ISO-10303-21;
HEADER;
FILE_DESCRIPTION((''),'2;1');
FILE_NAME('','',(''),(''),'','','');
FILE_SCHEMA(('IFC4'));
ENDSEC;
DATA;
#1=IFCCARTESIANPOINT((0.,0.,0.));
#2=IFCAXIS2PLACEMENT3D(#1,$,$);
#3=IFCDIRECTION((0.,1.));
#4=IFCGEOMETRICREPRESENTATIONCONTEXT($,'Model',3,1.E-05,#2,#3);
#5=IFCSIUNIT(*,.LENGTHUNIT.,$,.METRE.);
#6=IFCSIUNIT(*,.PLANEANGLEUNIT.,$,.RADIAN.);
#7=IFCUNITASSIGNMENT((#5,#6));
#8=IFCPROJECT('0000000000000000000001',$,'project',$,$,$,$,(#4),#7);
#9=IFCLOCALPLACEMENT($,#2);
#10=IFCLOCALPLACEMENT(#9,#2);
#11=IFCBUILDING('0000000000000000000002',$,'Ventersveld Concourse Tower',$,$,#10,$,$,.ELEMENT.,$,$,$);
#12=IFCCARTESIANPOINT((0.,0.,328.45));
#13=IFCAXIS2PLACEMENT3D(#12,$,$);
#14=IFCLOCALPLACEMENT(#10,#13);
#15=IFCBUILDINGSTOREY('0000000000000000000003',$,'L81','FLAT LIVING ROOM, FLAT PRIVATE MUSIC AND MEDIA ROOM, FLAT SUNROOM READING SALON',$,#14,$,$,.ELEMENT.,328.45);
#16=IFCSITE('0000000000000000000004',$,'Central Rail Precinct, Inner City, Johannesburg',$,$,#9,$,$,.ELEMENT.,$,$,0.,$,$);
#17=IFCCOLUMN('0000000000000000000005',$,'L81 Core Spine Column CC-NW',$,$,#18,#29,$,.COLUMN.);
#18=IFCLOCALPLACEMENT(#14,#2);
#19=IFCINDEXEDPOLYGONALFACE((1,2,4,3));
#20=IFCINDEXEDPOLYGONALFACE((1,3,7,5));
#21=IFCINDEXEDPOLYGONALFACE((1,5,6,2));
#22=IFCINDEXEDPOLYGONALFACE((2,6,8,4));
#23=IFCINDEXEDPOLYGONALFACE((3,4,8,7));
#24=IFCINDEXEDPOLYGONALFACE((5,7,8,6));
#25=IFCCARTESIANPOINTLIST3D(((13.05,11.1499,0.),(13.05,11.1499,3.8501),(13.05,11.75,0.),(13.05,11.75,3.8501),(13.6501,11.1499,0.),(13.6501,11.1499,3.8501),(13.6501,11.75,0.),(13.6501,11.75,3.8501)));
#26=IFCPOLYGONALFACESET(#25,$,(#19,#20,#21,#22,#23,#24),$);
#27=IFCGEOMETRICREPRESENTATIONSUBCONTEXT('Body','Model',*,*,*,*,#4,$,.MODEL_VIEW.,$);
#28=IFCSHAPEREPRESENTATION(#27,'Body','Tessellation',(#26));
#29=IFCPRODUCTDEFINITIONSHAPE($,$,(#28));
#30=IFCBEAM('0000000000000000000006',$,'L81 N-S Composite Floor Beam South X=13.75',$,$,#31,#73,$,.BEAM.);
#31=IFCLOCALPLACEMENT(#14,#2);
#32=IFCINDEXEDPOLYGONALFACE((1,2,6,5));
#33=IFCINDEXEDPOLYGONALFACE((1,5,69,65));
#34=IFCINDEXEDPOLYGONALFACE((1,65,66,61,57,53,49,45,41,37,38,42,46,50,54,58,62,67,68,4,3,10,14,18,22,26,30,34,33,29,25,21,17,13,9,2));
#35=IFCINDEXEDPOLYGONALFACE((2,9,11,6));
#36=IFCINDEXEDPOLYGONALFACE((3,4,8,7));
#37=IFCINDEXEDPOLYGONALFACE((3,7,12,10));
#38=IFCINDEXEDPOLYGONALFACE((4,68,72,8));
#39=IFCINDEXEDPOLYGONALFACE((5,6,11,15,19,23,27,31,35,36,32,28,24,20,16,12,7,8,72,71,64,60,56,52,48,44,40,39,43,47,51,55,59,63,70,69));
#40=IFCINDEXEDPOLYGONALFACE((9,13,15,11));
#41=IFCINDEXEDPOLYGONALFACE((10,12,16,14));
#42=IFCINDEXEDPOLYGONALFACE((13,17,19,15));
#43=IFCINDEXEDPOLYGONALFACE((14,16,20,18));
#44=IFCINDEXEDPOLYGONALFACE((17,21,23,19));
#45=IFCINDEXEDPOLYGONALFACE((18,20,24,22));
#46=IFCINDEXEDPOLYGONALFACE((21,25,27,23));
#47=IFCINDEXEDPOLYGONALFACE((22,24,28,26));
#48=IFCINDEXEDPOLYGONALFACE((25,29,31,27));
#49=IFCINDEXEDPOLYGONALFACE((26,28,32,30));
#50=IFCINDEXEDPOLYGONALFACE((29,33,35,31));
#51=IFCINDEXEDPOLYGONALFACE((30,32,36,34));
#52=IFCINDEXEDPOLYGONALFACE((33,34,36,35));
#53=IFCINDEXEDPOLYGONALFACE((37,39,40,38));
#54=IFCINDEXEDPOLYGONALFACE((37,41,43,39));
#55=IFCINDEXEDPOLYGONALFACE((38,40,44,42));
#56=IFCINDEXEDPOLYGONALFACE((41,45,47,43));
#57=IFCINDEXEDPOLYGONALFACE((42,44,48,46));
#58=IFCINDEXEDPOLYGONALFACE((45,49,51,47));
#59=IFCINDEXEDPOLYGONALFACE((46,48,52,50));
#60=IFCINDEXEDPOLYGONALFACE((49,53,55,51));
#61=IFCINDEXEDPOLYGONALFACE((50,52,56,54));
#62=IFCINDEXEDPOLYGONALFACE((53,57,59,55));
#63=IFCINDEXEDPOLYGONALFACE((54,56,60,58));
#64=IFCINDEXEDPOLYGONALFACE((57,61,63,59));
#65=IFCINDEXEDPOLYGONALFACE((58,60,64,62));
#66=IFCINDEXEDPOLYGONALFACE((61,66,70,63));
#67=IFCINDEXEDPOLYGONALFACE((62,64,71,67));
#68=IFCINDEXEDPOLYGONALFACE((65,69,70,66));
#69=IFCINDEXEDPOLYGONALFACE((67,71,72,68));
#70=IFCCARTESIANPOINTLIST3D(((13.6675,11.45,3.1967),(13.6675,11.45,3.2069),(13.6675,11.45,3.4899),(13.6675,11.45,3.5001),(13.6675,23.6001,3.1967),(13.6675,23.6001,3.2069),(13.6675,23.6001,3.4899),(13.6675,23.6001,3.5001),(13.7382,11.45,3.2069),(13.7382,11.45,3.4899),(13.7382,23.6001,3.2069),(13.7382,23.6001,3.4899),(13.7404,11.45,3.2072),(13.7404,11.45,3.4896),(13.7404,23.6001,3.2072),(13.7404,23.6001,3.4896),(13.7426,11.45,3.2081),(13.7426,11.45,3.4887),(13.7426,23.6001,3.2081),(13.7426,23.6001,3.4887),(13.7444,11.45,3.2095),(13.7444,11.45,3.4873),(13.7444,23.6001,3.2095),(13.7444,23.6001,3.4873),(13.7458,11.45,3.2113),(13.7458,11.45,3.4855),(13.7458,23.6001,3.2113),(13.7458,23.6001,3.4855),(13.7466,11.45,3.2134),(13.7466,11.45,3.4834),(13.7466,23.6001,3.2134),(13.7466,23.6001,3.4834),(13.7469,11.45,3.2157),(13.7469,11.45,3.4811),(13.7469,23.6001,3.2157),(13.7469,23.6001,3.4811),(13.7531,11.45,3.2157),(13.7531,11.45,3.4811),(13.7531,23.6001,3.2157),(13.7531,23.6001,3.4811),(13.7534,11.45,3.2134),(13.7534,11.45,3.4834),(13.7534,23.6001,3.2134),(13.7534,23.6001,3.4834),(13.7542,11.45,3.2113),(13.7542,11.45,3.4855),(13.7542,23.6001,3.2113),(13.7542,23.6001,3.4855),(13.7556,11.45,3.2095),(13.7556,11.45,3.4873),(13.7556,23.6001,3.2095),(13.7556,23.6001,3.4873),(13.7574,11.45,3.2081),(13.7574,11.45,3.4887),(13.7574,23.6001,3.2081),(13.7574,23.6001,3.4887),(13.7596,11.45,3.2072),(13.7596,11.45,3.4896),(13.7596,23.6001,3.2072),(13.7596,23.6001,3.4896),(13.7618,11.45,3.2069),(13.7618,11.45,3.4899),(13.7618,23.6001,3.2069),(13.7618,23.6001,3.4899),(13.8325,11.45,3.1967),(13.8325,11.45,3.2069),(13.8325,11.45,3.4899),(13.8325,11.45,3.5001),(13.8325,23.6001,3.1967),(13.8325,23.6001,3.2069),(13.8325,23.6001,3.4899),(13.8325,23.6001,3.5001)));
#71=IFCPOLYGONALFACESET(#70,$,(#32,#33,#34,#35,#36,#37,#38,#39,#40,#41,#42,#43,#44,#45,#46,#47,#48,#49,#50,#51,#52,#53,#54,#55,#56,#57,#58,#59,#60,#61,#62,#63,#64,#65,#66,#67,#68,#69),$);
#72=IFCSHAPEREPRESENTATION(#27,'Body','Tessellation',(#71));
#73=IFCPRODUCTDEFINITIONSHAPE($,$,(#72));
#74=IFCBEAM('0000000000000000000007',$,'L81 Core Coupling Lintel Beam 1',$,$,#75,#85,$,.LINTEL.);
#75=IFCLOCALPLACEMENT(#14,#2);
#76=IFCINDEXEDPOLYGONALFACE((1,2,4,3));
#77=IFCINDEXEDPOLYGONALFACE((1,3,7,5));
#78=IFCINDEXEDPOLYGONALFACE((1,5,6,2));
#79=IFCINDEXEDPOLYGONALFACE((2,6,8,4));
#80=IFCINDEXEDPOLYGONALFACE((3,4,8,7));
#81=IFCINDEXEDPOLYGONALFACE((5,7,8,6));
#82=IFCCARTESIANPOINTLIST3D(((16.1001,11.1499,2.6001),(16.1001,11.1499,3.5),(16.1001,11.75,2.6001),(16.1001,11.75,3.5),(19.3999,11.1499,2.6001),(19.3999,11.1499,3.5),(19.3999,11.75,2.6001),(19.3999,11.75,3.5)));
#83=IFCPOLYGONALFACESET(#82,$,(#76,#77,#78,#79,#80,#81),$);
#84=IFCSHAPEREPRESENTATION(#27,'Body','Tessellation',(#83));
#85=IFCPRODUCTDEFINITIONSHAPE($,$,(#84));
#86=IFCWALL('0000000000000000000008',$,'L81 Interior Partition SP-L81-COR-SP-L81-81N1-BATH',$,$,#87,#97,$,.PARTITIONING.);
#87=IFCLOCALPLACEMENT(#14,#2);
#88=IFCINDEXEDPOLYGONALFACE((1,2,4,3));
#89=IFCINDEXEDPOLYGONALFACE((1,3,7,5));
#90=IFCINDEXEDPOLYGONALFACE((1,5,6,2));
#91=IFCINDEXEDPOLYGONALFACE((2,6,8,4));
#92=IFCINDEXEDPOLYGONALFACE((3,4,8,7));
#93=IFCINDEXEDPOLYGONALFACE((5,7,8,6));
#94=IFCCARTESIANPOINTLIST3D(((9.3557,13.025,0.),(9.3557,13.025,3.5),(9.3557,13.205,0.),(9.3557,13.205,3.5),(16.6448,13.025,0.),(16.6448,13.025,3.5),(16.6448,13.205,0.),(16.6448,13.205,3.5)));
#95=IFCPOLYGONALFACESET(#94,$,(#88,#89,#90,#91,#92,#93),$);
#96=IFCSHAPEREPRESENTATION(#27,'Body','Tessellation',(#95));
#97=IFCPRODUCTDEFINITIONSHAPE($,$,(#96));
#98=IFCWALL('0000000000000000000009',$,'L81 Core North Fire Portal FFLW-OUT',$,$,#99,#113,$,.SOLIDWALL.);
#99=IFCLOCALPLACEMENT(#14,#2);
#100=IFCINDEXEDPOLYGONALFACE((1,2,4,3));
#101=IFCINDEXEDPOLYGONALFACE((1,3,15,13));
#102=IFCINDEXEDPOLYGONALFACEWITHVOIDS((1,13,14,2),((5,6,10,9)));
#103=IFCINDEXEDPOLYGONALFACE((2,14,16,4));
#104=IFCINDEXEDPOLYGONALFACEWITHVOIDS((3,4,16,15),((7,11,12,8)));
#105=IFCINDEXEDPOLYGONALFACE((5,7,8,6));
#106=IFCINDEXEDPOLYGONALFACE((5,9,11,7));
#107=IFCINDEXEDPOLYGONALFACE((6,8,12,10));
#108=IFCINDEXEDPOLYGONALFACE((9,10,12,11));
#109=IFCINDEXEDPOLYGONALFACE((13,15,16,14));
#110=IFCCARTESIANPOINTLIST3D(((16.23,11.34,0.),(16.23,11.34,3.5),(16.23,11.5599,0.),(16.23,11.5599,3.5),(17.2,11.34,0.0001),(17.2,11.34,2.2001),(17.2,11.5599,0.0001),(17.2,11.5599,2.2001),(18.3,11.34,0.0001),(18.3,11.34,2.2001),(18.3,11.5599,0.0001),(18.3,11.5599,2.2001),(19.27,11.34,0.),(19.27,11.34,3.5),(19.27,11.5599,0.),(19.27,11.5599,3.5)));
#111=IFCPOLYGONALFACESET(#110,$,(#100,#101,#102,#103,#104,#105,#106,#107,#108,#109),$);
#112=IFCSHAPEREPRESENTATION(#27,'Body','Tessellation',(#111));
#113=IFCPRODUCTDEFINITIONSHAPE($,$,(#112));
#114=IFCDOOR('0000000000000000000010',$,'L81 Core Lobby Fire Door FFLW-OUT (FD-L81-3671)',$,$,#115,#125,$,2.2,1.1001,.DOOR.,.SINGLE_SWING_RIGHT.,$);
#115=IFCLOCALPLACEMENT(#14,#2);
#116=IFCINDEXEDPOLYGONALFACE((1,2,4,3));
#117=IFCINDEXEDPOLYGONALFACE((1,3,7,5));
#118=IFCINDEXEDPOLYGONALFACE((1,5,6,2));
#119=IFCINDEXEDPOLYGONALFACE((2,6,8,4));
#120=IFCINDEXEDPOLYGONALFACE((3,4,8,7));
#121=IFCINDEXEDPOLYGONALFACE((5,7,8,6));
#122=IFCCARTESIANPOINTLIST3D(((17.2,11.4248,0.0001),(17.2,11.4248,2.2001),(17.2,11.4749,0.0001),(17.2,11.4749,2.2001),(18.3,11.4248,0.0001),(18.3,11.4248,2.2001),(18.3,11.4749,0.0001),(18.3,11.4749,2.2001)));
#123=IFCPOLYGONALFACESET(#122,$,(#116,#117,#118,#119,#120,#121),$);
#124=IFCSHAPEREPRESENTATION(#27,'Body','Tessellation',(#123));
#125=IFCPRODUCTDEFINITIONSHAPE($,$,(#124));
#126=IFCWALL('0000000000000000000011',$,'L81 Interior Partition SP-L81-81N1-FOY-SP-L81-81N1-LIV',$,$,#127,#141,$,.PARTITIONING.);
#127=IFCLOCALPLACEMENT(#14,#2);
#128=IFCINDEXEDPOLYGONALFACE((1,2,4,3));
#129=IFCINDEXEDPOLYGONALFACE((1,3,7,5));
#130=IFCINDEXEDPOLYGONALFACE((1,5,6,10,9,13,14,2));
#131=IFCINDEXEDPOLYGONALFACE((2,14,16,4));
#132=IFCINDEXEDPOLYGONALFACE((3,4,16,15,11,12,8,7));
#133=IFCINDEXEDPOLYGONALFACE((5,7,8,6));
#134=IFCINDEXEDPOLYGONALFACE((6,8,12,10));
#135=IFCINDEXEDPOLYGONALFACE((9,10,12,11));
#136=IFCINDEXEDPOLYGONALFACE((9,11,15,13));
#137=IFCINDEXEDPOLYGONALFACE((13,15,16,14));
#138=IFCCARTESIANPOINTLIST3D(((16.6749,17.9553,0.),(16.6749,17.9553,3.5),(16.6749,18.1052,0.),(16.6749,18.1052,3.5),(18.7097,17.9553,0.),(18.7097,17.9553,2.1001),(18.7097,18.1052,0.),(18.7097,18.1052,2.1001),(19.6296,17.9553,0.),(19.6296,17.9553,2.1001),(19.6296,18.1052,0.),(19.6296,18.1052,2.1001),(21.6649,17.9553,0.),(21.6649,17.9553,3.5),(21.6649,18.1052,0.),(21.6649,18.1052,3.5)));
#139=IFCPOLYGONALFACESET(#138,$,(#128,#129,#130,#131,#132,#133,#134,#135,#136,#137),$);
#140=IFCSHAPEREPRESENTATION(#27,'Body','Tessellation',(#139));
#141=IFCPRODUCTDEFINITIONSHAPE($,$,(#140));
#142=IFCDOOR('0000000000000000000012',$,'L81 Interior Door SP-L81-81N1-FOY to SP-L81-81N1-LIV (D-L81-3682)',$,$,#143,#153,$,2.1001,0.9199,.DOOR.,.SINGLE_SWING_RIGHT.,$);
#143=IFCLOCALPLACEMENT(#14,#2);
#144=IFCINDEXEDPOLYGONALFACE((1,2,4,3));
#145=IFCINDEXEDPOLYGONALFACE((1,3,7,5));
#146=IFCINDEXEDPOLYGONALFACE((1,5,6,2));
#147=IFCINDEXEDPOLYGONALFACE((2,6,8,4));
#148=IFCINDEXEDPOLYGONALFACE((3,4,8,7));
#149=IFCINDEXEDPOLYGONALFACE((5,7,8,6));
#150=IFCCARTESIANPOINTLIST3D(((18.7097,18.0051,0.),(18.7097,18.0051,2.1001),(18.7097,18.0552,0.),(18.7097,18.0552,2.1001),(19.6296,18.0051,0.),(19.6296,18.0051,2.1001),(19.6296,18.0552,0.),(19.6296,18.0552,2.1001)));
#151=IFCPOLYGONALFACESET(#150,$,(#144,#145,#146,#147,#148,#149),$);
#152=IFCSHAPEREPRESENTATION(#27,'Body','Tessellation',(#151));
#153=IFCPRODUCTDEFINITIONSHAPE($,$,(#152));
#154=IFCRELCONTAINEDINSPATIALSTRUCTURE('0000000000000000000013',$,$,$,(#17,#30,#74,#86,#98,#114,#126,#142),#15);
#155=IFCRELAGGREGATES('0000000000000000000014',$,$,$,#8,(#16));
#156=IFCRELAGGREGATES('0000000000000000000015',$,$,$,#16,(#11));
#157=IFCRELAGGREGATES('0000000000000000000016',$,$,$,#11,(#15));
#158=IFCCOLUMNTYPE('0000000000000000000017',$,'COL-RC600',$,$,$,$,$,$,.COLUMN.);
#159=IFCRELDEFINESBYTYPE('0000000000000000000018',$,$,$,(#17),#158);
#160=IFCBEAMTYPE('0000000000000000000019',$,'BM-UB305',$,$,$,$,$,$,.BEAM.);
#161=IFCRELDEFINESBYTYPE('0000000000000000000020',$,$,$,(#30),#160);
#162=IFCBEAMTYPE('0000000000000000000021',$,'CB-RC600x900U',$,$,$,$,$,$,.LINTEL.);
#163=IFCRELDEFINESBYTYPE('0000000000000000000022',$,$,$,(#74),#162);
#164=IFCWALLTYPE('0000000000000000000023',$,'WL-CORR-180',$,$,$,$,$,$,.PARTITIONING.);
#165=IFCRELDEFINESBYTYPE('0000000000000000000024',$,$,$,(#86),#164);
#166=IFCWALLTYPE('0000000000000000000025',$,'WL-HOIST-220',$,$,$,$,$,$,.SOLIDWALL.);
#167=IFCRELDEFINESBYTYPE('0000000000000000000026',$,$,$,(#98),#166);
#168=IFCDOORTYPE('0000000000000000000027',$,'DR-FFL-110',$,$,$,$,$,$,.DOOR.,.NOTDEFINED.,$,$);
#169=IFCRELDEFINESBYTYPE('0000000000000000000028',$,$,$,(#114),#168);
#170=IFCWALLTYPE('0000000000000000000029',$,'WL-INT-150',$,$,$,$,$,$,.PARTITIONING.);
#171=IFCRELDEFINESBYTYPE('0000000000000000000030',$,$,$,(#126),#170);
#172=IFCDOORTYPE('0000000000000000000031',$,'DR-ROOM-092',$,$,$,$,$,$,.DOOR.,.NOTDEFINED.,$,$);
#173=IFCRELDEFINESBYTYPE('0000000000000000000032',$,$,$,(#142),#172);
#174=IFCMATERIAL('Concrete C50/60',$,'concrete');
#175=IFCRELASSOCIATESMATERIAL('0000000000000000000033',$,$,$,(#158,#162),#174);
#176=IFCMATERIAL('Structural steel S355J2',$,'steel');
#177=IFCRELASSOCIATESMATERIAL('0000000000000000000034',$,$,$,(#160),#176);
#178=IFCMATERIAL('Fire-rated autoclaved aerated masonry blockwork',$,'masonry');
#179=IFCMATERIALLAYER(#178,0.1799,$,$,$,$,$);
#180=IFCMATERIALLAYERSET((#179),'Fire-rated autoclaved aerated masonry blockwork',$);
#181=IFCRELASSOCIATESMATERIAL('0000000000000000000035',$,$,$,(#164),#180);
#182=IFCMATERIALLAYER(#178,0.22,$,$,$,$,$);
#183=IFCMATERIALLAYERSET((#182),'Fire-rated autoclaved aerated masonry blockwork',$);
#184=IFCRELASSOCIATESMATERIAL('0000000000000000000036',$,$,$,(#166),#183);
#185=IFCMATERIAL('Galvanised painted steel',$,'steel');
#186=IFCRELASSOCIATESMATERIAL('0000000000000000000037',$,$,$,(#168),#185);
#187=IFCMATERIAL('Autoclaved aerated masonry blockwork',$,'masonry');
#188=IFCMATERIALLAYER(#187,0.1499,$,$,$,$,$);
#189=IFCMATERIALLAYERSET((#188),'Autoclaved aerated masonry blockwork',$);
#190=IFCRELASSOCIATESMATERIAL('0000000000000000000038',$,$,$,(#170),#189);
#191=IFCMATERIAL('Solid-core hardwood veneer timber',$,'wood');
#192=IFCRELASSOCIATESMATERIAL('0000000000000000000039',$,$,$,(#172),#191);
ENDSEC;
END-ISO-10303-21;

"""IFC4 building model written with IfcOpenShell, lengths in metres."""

from ifc_helpers import new_model, si_unit, direction, frame, frame_2d, origin, origin_2d, place, context, subcontext, project, spatial, rectangle, i_section, extrude, material, layer, layer_set, material_profile, profile_set, type_object, element, fill, save


model = new_model("IFC4")

# Units and contexts
model_context = context("Model", 3, precision=1e-05, world=origin(), true_north=direction((0.0, 1.0)))
body_context = subcontext(model_context, "Body", "Model", "MODEL_VIEW")
ifc_project = project(units=[si_unit("LENGTHUNIT", "METRE"), si_unit("PLANEANGLEUNIT", "RADIAN")], contexts=[model_context])

# Site, building, storey
site_placement = place(None, origin())
site = spatial("IfcSite", under=ifc_project, at=site_placement, Name="Central Rail Precinct, Inner City, Johannesburg", CompositionType="ELEMENT", RefElevation=0.0)
building_placement = place(site_placement, origin())
building = spatial("IfcBuilding", under=site, at=building_placement, Name="Ventersveld Concourse Tower", CompositionType="ELEMENT")
storey_placement = place(building_placement, frame((0.0, 0.0, 328.45)))
storey = spatial("IfcBuildingStorey", under=building, at=storey_placement, Name="L81", Description="FLAT LIVING ROOM, FLAT PRIVATE MUSIC AND MEDIA ROOM, FLAT SUNROOM READING SALON", CompositionType="ELEMENT", Elevation=328.45)

# Column
ifc_material_1 = material(Name="Concrete C50/60", Category="concrete")
ifc_material_profile_1 = material_profile(ifc_material_1, rectangle(XDim=0.6001, YDim=0.6001, at=origin_2d()), Name="RC 600x600")
ifc_profile_set_1 = profile_set([ifc_material_profile_1], Name="Concrete C50/60")
column_type = type_object("IfcColumnType", Name="COL-RC600", PredefinedType="COLUMN", material=ifc_profile_set_1)
column_placement = place(storey_placement, frame((13.3501, 11.45, 0.0), z_axis=(0.0, 0.0, 1.0), x_axis=(1.0, 0.0, 0.0)))
element("IfcColumn", 1, at=column_placement, inside=storey, type_object=column_type, Name="L81 Core Spine Column CC-NW", PredefinedType="COLUMN", context=body_context, shape_type="SweptSolid", body=[
    extrude(rectangle(XDim=0.6001, YDim=0.6001, at=origin_2d()), origin(), (0.0, 0.0, 1.0), 3.8501),
])

# Beams
ifc_material_2 = material(Name="Structural steel S355J2", Category="steel")
ifc_material_profile_2 = material_profile(ifc_material_2, i_section(OverallWidth=0.165, OverallDepth=0.3035, WebThickness=0.0061, FlangeThickness=0.0103, FilletRadius=0.0088, at=origin_2d()), Name="UB 305x165x40")
ifc_profile_set_2 = profile_set([ifc_material_profile_2], Name="Structural steel S355J2")
beam_type_1 = type_object("IfcBeamType", Name="BM-UB305", PredefinedType="BEAM", material=ifc_profile_set_2)
beam_1_placement = place(storey_placement, frame((13.75, 11.45, 3.3484), z_axis=(0.0, 1.0, 0.0), x_axis=(-1.0, 0.0, 0.0)))
element("IfcBeam", 2, at=beam_1_placement, inside=storey, type_object=beam_type_1, Name="L81 N-S Composite Floor Beam South X=13.75", PredefinedType="BEAM", context=body_context, shape_type="SweptSolid", body=[
    extrude(i_section(OverallWidth=0.165, OverallDepth=0.3035, WebThickness=0.0061, FlangeThickness=0.0103, FilletRadius=0.0088, at=origin_2d()), origin(), (0.0, 0.0, 1.0), 12.1501),
])
ifc_material_profile_3 = material_profile(ifc_material_1, rectangle(XDim=0.6001, YDim=0.8999, at=origin_2d()), Name="RC 600x900")
ifc_profile_set_3 = profile_set([ifc_material_profile_3], Name="Concrete C50/60")
beam_type_2 = type_object("IfcBeamType", Name="CB-RC600x900U", PredefinedType="LINTEL", material=ifc_profile_set_3)
beam_2_placement = place(storey_placement, frame((16.1001, 11.45, 3.05), z_axis=(1.0, 0.0, 0.0), x_axis=(0.0, 1.0, 0.0)))
element("IfcBeam", 3, at=beam_2_placement, inside=storey, type_object=beam_type_2, Name="L81 Core Coupling Lintel Beam 1", PredefinedType="LINTEL", context=body_context, shape_type="SweptSolid", body=[
    extrude(rectangle(XDim=0.6001, YDim=0.8999, at=origin_2d()), origin(), (0.0, 0.0, 1.0), 3.2998),
])

# Shared definitions
ifc_material_3 = material(Name="Fire-rated autoclaved aerated masonry blockwork", Category="masonry")
ifc_layer_1 = layer(ifc_material_3, 0.1799)
ifc_layer_set_1 = layer_set([ifc_layer_1], Name="Fire-rated autoclaved aerated masonry blockwork")
wall_type_1 = type_object("IfcWallType", Name="WL-CORR-180", PredefinedType="PARTITIONING", material=ifc_layer_set_1)
ifc_material_4 = material(Name="Solid-core hardwood veneer timber", Category="wood")

# Wall
wall_1_placement = place(storey_placement, frame((9.3557, 13.115, 0.0), z_axis=(0.0, 0.0, 1.0), x_axis=(1.0, 0.0, 0.0)))
element("IfcWall", 4, at=wall_1_placement, inside=storey, type_object=wall_type_1, Name="L81 Interior Partition SP-L81-COR-SP-L81-81N1-BATH", PredefinedType="PARTITIONING", context=body_context, shape_type="SweptSolid", body=[
    extrude(rectangle(XDim=7.2891, YDim=0.1799, at=frame_2d((3.6445, 0.0))), origin(), (0.0, 0.0, 1.0), 3.5),
])

# Walls, openings, doors
ifc_layer_2 = layer(ifc_material_3, 0.22)
ifc_layer_set_2 = layer_set([ifc_layer_2], Name="Fire-rated autoclaved aerated masonry blockwork")
wall_type_2 = type_object("IfcWallType", Name="WL-HOIST-220", PredefinedType="SOLIDWALL", material=ifc_layer_set_2)
wall_2_placement = place(storey_placement, frame((16.23, 11.45, 0.0), z_axis=(0.0, 0.0, 1.0), x_axis=(1.0, 0.0, 0.0)))
wall_2 = element("IfcWall", 5, at=wall_2_placement, inside=storey, type_object=wall_type_2, Name="L81 Core North Fire Portal FFLW-OUT", PredefinedType="SOLIDWALL", context=body_context, shape_type="SweptSolid", body=[
    extrude(rectangle(XDim=3.04, YDim=0.22, at=frame_2d((1.52, 0.0))), origin(), (0.0, 0.0, 1.0), 3.5),
])
opening_1_placement = place(wall_2_placement, frame((0.97, 0.0, 0.0)))
opening_1 = element("IfcOpeningElement", 6, at=opening_1_placement, cuts=wall_2, PredefinedType="OPENING", context=body_context, shape_type="SweptSolid", body=[
    extrude(rectangle(XDim=1.1001, YDim=2.2, at=frame_2d((0.55, 1.1001))), frame((0.0, 0.1201, 0.0), z_axis=(0.0, -1.0, 0.0), x_axis=(1.0, 0.0, 0.0)), (0.0, 0.0, 1.0), 0.24),
])
ifc_material_5 = material(Name="Galvanised painted steel", Category="steel")
door_type_1 = type_object("IfcDoorType", Name="DR-FFL-110", OperationType="NOTDEFINED", PredefinedType="DOOR", material=ifc_material_5)
door_1_placement = place(opening_1_placement, origin())
door_1 = element("IfcDoor", 7, at=door_1_placement, inside=storey, type_object=door_type_1, Name="L81 Core Lobby Fire Door FFLW-OUT (FD-L81-3671)", OperationType="SINGLE_SWING_RIGHT", OverallHeight=2.2, OverallWidth=1.1001, PredefinedType="DOOR", context=body_context, shape_type="SweptSolid", body=[
    extrude(rectangle(XDim=1.1001, YDim=2.2, at=frame_2d((0.55, 1.1001))), frame((0.0, 0.0249, 0.0), z_axis=(0.0, -1.0, 0.0), x_axis=(1.0, 0.0, 0.0)), (0.0, 0.0, 1.0), 0.05),
])
fill(opening_1, door_1)
ifc_material_6 = material(Name="Autoclaved aerated masonry blockwork", Category="masonry")
ifc_layer_3 = layer(ifc_material_6, 0.1499)
ifc_layer_set_3 = layer_set([ifc_layer_3], Name="Autoclaved aerated masonry blockwork")
wall_type_3 = type_object("IfcWallType", Name="WL-INT-150", PredefinedType="PARTITIONING", material=ifc_layer_set_3)
wall_3_placement = place(storey_placement, frame((16.6748, 18.0303, 0.0), z_axis=(0.0, 0.0, 1.0), x_axis=(1.0, 0.0, 0.0)))
wall_3 = element("IfcWall", 8, at=wall_3_placement, inside=storey, type_object=wall_type_3, Name="L81 Interior Partition SP-L81-81N1-FOY-SP-L81-81N1-LIV", PredefinedType="PARTITIONING", context=body_context, shape_type="SweptSolid", body=[
    extrude(rectangle(XDim=4.99, YDim=0.1499, at=frame_2d((2.4951, 0.0))), origin(), (0.0, 0.0, 1.0), 3.5),
])
opening_2_placement = place(wall_3_placement, frame((2.0349, 0.0, 0.0)))
opening_2 = element("IfcOpeningElement", 9, at=opening_2_placement, cuts=wall_3, PredefinedType="OPENING", context=body_context, shape_type="SweptSolid", body=[
    extrude(rectangle(XDim=0.9199, YDim=2.1001, at=frame_2d((0.46, 1.05))), frame((0.0, 0.085, 0.0), z_axis=(0.0, -1.0, 0.0), x_axis=(1.0, 0.0, 0.0)), (0.0, 0.0, 1.0), 0.1699),
])
door_type_2 = type_object("IfcDoorType", Name="DR-ROOM-092", OperationType="NOTDEFINED", PredefinedType="DOOR", material=ifc_material_4)
door_2_placement = place(opening_2_placement, origin())
door_2 = element("IfcDoor", 10, at=door_2_placement, inside=storey, type_object=door_type_2, Name="L81 Interior Door SP-L81-81N1-FOY to SP-L81-81N1-LIV (D-L81-3682)", OperationType="SINGLE_SWING_RIGHT", OverallHeight=2.1001, OverallWidth=0.9199, PredefinedType="DOOR", context=body_context, shape_type="SweptSolid", body=[
    extrude(rectangle(XDim=0.9199, YDim=2.1001, at=frame_2d((0.46, 1.05))), frame((0.0, 0.0249, 0.0), z_axis=(0.0, -1.0, 0.0), x_axis=(1.0, 0.0, 0.0)), (0.0, 0.0, 1.0), 0.05),
])
fill(opening_2, door_2)

save(model, "model.ifc")
